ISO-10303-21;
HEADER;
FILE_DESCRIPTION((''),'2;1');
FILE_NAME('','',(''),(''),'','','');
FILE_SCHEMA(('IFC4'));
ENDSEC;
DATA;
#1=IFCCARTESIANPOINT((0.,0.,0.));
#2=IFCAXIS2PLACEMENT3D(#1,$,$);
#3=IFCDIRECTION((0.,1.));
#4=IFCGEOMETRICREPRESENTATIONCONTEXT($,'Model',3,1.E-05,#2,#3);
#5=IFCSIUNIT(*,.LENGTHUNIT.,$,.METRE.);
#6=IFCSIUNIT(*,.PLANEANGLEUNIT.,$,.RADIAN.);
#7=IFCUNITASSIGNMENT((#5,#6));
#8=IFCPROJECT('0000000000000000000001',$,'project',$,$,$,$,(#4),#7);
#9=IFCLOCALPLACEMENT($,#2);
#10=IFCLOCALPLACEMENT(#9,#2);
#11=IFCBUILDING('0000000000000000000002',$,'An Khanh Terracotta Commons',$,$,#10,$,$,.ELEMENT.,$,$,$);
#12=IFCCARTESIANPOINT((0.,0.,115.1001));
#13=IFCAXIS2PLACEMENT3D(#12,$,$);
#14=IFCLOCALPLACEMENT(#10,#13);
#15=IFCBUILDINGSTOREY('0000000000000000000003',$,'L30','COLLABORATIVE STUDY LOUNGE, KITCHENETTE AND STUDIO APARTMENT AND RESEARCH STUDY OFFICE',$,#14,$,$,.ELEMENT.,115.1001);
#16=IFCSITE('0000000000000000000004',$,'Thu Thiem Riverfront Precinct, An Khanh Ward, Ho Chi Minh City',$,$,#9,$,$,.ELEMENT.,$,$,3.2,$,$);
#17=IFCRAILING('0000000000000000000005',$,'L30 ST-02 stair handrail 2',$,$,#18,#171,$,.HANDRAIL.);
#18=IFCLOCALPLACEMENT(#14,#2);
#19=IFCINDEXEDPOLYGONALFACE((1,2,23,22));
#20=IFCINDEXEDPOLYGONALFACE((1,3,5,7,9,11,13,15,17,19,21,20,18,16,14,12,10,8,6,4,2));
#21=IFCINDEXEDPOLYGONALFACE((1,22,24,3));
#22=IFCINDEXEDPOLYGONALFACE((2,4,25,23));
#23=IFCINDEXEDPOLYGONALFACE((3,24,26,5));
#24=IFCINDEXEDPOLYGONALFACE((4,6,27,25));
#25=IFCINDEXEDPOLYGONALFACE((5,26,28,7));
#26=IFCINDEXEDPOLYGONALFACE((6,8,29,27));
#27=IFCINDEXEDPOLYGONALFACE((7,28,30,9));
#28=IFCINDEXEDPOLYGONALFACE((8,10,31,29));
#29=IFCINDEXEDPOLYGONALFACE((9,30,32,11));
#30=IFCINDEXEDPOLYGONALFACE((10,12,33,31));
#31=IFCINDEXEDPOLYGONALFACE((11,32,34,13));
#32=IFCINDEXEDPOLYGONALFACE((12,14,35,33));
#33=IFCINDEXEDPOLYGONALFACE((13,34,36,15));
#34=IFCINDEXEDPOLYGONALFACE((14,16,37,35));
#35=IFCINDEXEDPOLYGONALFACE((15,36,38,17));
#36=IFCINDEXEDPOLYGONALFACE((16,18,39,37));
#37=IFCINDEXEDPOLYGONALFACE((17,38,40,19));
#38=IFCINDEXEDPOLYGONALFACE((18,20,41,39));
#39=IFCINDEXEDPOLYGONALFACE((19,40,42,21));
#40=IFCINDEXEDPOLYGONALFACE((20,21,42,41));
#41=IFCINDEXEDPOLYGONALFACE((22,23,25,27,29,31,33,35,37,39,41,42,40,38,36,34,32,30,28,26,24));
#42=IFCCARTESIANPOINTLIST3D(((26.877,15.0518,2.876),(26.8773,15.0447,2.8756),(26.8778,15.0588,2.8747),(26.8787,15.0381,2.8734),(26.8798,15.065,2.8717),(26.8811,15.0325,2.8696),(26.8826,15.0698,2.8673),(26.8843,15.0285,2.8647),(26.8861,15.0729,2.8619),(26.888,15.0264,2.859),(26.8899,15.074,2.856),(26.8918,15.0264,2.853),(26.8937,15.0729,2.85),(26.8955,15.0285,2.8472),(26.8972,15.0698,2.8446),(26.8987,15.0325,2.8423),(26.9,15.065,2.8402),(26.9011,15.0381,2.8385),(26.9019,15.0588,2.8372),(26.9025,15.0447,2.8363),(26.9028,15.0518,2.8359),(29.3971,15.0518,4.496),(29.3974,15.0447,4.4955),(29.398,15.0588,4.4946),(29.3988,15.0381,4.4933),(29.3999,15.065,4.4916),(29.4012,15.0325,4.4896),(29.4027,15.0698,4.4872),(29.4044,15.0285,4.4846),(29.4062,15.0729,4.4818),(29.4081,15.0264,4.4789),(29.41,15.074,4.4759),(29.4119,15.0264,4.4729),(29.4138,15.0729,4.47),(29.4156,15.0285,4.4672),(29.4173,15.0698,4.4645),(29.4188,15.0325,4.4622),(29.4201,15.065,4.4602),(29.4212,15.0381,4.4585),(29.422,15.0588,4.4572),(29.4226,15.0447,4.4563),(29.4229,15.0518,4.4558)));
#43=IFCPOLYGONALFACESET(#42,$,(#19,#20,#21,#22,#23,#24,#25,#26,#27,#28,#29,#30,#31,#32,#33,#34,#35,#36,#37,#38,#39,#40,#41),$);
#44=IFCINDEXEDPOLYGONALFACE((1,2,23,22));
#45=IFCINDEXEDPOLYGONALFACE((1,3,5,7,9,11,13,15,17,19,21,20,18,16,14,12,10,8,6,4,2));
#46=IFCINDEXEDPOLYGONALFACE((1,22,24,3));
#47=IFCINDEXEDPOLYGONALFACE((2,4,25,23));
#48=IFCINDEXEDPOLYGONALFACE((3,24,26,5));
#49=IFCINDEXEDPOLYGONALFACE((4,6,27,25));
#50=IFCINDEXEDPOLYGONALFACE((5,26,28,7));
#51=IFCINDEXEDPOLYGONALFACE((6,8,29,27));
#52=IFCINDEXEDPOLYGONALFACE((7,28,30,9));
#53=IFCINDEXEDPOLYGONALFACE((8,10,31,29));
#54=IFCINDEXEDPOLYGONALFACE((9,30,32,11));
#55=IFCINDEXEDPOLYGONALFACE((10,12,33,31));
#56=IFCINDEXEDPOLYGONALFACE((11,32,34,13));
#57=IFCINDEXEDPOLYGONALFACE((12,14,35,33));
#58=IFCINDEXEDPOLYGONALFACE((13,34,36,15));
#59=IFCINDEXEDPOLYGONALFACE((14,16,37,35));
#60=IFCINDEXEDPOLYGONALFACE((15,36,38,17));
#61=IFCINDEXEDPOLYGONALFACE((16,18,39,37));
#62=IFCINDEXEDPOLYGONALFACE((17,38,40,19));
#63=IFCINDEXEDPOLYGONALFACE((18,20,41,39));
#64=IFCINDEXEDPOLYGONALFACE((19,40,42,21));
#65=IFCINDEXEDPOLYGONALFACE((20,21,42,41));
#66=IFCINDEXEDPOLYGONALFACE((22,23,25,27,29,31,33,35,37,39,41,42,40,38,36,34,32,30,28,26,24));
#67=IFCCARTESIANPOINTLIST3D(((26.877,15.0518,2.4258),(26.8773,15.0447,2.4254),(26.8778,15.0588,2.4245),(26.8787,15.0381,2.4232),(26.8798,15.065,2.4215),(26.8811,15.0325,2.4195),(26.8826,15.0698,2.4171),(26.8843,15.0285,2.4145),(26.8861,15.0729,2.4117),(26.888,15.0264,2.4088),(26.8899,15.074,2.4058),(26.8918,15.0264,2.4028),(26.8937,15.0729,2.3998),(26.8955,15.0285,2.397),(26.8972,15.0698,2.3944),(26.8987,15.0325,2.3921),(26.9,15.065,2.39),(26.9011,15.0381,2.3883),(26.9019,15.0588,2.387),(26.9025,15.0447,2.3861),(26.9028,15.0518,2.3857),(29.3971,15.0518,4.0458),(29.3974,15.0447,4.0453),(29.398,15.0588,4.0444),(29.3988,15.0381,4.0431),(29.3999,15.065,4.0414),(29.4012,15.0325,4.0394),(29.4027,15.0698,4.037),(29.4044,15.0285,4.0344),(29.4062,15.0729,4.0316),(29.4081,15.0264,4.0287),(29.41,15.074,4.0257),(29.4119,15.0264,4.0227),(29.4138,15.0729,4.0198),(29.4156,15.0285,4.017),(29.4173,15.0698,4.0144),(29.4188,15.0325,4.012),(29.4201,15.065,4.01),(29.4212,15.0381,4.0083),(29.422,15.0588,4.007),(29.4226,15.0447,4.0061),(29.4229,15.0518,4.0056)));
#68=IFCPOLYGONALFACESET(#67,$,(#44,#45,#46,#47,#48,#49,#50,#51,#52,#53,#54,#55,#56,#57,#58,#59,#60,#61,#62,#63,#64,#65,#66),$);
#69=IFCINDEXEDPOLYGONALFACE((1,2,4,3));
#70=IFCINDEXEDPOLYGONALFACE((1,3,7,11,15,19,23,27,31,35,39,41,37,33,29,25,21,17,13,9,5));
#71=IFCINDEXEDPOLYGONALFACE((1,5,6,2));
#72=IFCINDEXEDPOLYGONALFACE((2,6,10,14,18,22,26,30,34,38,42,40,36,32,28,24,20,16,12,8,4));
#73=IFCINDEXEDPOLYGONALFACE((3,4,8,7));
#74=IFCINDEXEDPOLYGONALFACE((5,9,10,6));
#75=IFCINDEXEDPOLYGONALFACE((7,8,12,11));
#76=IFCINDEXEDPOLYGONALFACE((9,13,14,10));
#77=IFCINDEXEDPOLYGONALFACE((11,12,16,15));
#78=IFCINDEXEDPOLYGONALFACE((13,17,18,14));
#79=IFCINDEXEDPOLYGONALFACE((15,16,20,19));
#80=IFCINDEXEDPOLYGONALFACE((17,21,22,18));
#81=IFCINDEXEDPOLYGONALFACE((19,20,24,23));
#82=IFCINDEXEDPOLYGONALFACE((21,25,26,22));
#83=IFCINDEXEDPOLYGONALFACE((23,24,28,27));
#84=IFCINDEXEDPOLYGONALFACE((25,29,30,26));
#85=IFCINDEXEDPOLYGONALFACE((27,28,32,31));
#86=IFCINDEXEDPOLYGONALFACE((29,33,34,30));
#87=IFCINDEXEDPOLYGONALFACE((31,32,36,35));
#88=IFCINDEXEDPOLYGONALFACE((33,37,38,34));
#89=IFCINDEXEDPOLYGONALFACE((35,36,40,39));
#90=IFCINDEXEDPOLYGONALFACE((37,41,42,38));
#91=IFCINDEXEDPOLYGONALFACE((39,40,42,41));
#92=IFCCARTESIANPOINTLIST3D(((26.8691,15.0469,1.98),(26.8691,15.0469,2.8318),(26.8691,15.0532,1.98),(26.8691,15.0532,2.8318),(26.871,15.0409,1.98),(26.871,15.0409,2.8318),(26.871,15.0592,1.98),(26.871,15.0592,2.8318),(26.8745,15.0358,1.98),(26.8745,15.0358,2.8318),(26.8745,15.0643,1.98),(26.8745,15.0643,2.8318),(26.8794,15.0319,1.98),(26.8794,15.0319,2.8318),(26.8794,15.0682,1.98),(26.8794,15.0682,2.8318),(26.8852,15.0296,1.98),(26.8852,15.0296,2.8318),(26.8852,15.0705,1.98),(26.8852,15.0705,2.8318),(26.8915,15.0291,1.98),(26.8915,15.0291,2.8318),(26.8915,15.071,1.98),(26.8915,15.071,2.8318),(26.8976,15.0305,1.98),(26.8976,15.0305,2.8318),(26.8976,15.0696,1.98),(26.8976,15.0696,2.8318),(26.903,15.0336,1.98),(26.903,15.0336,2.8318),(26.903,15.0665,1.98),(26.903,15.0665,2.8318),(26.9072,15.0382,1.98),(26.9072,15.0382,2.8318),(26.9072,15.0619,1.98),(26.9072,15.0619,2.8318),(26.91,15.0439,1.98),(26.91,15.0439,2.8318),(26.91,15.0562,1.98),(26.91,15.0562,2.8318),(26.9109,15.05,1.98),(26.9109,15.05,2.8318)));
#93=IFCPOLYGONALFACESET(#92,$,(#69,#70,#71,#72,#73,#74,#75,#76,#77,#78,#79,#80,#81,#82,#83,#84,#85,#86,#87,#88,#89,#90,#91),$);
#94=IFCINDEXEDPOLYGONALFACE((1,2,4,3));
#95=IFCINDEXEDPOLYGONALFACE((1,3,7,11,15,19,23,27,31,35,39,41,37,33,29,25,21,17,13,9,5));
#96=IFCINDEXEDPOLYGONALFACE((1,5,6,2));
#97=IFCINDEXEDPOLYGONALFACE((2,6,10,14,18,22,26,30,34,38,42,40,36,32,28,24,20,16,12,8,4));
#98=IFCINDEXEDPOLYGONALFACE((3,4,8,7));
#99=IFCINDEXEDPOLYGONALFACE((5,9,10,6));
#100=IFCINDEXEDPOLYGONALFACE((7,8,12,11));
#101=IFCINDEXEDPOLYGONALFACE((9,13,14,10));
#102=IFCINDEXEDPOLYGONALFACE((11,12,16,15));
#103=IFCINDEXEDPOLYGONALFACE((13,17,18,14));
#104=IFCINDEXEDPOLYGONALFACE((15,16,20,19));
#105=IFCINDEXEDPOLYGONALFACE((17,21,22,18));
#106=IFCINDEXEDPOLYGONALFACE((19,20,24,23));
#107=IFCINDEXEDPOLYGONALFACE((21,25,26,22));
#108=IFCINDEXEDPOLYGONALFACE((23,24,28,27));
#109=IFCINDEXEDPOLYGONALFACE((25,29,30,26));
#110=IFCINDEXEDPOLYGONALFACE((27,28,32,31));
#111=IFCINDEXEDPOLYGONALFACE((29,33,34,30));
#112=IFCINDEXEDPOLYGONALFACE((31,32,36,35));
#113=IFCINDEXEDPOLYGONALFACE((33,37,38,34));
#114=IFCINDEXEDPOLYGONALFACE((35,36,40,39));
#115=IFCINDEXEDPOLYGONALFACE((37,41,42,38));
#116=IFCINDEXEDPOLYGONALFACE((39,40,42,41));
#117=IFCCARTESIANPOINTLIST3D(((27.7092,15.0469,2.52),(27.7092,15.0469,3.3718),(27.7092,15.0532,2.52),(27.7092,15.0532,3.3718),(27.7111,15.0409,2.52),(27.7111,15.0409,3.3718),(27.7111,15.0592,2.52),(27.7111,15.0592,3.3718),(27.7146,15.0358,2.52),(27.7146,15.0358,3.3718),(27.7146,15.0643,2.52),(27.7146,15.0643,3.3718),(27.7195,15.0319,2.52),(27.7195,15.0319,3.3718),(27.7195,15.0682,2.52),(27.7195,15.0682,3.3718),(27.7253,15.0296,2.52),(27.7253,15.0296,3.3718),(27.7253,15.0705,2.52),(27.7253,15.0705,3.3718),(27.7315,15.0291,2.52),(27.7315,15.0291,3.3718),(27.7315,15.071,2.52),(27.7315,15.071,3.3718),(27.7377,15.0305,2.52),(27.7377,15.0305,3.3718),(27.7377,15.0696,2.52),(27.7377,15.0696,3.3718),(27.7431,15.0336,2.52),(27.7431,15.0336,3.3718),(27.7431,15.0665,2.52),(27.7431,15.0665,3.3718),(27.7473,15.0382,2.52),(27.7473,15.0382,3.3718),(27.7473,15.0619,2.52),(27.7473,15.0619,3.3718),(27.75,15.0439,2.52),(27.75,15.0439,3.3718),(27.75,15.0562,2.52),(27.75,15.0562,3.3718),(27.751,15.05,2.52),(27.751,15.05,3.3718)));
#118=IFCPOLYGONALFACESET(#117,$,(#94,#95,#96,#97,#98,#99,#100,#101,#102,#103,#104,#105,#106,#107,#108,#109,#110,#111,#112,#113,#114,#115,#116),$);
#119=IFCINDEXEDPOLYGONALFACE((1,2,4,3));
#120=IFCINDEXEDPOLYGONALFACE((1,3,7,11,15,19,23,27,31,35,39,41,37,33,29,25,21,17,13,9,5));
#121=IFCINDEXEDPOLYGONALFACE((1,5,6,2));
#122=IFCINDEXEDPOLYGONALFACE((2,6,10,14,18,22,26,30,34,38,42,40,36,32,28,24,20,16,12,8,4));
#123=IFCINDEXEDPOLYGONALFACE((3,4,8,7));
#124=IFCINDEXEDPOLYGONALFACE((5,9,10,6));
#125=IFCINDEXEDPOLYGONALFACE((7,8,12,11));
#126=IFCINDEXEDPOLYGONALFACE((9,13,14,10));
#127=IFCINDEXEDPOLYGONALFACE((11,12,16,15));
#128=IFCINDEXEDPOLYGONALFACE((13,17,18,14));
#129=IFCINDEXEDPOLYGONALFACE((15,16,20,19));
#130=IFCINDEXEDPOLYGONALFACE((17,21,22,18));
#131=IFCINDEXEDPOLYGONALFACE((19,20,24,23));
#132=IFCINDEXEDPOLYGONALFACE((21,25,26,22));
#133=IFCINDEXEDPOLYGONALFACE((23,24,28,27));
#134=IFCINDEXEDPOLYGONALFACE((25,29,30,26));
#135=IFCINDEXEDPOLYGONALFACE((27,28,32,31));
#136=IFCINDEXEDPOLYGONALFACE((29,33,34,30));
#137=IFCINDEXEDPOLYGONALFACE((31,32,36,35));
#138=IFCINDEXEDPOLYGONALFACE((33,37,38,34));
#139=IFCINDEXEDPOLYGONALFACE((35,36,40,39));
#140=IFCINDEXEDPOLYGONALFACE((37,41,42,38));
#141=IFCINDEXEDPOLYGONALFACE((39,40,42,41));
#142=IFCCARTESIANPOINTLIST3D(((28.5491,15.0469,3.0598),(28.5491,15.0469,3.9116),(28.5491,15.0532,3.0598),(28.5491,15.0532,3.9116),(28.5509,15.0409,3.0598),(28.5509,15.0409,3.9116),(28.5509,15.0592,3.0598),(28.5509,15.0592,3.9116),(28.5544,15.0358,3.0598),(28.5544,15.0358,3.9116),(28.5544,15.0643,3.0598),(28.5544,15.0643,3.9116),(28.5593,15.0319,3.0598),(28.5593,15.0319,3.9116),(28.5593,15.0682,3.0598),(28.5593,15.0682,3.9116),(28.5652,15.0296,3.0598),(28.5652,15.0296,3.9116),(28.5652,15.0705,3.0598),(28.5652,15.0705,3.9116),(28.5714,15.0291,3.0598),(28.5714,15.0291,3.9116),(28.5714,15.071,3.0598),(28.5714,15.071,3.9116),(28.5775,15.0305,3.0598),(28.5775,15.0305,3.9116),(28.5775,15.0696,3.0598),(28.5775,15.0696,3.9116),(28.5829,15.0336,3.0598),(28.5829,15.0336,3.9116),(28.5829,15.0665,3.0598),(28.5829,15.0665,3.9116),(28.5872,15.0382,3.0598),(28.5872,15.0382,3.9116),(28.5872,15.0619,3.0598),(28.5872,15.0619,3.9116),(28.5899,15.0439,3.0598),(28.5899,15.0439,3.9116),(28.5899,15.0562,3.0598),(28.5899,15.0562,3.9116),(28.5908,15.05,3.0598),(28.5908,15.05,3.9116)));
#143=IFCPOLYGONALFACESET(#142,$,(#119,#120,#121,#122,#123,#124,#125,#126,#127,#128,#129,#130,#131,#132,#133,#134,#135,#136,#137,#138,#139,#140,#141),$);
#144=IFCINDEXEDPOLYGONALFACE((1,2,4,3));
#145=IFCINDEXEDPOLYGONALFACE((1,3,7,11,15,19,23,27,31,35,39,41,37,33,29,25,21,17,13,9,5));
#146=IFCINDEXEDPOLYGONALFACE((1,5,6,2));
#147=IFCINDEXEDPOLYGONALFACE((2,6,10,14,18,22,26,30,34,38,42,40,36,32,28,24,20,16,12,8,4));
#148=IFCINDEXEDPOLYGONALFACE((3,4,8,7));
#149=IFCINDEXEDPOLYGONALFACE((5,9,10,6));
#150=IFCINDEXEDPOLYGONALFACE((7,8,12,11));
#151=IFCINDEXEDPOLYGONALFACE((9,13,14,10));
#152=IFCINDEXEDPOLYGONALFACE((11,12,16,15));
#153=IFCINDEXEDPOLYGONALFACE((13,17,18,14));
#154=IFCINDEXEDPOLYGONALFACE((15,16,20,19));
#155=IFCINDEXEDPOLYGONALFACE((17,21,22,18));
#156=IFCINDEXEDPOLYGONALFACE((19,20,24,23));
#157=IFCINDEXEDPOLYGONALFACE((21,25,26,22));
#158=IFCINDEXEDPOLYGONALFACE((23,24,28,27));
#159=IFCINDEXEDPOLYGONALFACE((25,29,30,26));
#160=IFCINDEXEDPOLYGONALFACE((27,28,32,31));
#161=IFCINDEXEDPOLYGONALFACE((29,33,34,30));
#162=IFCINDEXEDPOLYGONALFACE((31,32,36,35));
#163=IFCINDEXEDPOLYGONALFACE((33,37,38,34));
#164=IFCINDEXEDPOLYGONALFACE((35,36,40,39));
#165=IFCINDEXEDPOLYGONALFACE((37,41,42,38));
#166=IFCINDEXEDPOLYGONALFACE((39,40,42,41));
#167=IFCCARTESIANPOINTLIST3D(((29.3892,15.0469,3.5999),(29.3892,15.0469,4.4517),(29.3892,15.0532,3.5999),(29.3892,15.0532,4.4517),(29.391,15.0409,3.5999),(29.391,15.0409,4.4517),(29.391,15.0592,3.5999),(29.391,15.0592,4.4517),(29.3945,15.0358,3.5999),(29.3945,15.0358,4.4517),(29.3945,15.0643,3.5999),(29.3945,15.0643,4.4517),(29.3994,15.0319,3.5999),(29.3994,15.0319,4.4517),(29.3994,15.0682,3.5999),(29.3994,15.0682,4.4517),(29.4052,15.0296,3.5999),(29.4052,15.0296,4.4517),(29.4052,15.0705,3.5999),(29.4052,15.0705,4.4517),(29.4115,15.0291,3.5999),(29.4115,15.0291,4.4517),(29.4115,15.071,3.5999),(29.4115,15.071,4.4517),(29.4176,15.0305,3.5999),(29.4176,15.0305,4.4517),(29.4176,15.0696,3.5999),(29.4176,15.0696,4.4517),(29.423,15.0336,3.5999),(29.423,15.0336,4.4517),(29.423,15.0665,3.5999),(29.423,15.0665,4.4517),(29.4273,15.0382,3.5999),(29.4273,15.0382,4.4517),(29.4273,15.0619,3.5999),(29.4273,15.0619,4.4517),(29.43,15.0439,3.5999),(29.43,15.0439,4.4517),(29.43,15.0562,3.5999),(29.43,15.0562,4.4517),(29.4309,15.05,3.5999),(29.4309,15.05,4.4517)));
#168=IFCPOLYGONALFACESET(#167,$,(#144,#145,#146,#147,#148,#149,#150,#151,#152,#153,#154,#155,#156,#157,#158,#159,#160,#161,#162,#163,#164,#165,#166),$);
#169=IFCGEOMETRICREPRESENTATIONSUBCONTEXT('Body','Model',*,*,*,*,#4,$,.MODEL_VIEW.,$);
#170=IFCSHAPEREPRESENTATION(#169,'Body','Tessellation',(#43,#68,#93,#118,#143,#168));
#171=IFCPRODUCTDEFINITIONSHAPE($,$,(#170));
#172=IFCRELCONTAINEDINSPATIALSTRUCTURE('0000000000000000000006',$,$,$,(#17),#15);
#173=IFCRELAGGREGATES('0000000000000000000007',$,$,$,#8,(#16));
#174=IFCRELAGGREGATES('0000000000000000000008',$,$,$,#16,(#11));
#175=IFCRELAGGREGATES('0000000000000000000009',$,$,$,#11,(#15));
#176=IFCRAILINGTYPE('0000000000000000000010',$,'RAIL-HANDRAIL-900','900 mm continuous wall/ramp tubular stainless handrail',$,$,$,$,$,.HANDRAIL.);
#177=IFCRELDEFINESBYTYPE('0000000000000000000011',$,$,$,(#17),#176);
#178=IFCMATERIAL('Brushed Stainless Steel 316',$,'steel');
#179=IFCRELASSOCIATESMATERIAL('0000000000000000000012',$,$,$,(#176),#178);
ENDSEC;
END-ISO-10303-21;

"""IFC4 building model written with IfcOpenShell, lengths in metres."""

from ifc_helpers import new_model, si_unit, direction, frame, origin, origin_2d, place, context, subcontext, project, spatial, circle, extrude, material, type_object, element, save


model = new_model("IFC4")

# Units and contexts
model_context = context("Model", 3, precision=1e-05, world=origin(), true_north=direction((0.0, 1.0)))
body_context = subcontext(model_context, "Body", "Model", "MODEL_VIEW")
ifc_project = project(units=[si_unit("LENGTHUNIT", "METRE"), si_unit("PLANEANGLEUNIT", "RADIAN")], contexts=[model_context])

# Site, building, storey
site_placement = place(None, origin())
site = spatial("IfcSite", under=ifc_project, at=site_placement, Name="Thu Thiem Riverfront Precinct, An Khanh Ward, Ho Chi Minh City", CompositionType="ELEMENT", RefElevation=3.2)
building_placement = place(site_placement, origin())
building = spatial("IfcBuilding", under=site, at=building_placement, Name="An Khanh Terracotta Commons", CompositionType="ELEMENT")
storey_placement = place(building_placement, frame((0.0, 0.0, 115.1001)))
storey = spatial("IfcBuildingStorey", under=building, at=storey_placement, Name="L30", Description="COLLABORATIVE STUDY LOUNGE, KITCHENETTE AND STUDIO APARTMENT AND RESEARCH STUDY OFFICE", CompositionType="ELEMENT", Elevation=115.1001)

# Railing
ifc_material_1 = material(Name="Brushed Stainless Steel 316", Category="steel")
railing_type_1 = type_object("IfcRailingType", Name="RAIL-HANDRAIL-900", Description="900 mm continuous wall/ramp tubular stainless handrail", PredefinedType="HANDRAIL", material=ifc_material_1)
railing_1_placement = place(storey_placement, frame((26.8899, 15.05, 1.98)))
element("IfcRailing", 1, at=railing_1_placement, inside=storey, type_object=railing_type_1, Name="L30 ST-02 stair handrail 2", PredefinedType="HANDRAIL", context=body_context, shape_type="SweptSolid", body=[
    extrude(circle(Radius=0.0239, at=origin_2d()), frame((0.0, 0.0, 0.876), z_axis=(0.8412, 0.0, 0.540725), x_axis=(0.0, 1.0, 0.0)), (0.0, 0.0, 1.0), 2.9958),
    extrude(circle(Radius=0.0239, at=origin_2d()), frame((0.0, 0.0, 0.4258), z_axis=(0.8412, 0.0, 0.540725), x_axis=(0.0, 1.0, 0.0)), (0.0, 0.0, 1.0), 2.9958),
    extrude(circle(Radius=0.021, at=origin_2d()), origin(), (0.0, 0.0, 1.0), 0.8518),
    extrude(circle(Radius=0.021, at=origin_2d()), frame((0.8401, 0.0, 0.54)), (0.0, 0.0, 1.0), 0.8518),
    extrude(circle(Radius=0.021, at=origin_2d()), frame((1.6799, 0.0, 1.0798)), (0.0, 0.0, 1.0), 0.8518),
    extrude(circle(Radius=0.021, at=origin_2d()), frame((2.52, 0.0, 1.6199)), (0.0, 0.0, 1.0), 0.8518),
])

save(model, "model.ifc")
